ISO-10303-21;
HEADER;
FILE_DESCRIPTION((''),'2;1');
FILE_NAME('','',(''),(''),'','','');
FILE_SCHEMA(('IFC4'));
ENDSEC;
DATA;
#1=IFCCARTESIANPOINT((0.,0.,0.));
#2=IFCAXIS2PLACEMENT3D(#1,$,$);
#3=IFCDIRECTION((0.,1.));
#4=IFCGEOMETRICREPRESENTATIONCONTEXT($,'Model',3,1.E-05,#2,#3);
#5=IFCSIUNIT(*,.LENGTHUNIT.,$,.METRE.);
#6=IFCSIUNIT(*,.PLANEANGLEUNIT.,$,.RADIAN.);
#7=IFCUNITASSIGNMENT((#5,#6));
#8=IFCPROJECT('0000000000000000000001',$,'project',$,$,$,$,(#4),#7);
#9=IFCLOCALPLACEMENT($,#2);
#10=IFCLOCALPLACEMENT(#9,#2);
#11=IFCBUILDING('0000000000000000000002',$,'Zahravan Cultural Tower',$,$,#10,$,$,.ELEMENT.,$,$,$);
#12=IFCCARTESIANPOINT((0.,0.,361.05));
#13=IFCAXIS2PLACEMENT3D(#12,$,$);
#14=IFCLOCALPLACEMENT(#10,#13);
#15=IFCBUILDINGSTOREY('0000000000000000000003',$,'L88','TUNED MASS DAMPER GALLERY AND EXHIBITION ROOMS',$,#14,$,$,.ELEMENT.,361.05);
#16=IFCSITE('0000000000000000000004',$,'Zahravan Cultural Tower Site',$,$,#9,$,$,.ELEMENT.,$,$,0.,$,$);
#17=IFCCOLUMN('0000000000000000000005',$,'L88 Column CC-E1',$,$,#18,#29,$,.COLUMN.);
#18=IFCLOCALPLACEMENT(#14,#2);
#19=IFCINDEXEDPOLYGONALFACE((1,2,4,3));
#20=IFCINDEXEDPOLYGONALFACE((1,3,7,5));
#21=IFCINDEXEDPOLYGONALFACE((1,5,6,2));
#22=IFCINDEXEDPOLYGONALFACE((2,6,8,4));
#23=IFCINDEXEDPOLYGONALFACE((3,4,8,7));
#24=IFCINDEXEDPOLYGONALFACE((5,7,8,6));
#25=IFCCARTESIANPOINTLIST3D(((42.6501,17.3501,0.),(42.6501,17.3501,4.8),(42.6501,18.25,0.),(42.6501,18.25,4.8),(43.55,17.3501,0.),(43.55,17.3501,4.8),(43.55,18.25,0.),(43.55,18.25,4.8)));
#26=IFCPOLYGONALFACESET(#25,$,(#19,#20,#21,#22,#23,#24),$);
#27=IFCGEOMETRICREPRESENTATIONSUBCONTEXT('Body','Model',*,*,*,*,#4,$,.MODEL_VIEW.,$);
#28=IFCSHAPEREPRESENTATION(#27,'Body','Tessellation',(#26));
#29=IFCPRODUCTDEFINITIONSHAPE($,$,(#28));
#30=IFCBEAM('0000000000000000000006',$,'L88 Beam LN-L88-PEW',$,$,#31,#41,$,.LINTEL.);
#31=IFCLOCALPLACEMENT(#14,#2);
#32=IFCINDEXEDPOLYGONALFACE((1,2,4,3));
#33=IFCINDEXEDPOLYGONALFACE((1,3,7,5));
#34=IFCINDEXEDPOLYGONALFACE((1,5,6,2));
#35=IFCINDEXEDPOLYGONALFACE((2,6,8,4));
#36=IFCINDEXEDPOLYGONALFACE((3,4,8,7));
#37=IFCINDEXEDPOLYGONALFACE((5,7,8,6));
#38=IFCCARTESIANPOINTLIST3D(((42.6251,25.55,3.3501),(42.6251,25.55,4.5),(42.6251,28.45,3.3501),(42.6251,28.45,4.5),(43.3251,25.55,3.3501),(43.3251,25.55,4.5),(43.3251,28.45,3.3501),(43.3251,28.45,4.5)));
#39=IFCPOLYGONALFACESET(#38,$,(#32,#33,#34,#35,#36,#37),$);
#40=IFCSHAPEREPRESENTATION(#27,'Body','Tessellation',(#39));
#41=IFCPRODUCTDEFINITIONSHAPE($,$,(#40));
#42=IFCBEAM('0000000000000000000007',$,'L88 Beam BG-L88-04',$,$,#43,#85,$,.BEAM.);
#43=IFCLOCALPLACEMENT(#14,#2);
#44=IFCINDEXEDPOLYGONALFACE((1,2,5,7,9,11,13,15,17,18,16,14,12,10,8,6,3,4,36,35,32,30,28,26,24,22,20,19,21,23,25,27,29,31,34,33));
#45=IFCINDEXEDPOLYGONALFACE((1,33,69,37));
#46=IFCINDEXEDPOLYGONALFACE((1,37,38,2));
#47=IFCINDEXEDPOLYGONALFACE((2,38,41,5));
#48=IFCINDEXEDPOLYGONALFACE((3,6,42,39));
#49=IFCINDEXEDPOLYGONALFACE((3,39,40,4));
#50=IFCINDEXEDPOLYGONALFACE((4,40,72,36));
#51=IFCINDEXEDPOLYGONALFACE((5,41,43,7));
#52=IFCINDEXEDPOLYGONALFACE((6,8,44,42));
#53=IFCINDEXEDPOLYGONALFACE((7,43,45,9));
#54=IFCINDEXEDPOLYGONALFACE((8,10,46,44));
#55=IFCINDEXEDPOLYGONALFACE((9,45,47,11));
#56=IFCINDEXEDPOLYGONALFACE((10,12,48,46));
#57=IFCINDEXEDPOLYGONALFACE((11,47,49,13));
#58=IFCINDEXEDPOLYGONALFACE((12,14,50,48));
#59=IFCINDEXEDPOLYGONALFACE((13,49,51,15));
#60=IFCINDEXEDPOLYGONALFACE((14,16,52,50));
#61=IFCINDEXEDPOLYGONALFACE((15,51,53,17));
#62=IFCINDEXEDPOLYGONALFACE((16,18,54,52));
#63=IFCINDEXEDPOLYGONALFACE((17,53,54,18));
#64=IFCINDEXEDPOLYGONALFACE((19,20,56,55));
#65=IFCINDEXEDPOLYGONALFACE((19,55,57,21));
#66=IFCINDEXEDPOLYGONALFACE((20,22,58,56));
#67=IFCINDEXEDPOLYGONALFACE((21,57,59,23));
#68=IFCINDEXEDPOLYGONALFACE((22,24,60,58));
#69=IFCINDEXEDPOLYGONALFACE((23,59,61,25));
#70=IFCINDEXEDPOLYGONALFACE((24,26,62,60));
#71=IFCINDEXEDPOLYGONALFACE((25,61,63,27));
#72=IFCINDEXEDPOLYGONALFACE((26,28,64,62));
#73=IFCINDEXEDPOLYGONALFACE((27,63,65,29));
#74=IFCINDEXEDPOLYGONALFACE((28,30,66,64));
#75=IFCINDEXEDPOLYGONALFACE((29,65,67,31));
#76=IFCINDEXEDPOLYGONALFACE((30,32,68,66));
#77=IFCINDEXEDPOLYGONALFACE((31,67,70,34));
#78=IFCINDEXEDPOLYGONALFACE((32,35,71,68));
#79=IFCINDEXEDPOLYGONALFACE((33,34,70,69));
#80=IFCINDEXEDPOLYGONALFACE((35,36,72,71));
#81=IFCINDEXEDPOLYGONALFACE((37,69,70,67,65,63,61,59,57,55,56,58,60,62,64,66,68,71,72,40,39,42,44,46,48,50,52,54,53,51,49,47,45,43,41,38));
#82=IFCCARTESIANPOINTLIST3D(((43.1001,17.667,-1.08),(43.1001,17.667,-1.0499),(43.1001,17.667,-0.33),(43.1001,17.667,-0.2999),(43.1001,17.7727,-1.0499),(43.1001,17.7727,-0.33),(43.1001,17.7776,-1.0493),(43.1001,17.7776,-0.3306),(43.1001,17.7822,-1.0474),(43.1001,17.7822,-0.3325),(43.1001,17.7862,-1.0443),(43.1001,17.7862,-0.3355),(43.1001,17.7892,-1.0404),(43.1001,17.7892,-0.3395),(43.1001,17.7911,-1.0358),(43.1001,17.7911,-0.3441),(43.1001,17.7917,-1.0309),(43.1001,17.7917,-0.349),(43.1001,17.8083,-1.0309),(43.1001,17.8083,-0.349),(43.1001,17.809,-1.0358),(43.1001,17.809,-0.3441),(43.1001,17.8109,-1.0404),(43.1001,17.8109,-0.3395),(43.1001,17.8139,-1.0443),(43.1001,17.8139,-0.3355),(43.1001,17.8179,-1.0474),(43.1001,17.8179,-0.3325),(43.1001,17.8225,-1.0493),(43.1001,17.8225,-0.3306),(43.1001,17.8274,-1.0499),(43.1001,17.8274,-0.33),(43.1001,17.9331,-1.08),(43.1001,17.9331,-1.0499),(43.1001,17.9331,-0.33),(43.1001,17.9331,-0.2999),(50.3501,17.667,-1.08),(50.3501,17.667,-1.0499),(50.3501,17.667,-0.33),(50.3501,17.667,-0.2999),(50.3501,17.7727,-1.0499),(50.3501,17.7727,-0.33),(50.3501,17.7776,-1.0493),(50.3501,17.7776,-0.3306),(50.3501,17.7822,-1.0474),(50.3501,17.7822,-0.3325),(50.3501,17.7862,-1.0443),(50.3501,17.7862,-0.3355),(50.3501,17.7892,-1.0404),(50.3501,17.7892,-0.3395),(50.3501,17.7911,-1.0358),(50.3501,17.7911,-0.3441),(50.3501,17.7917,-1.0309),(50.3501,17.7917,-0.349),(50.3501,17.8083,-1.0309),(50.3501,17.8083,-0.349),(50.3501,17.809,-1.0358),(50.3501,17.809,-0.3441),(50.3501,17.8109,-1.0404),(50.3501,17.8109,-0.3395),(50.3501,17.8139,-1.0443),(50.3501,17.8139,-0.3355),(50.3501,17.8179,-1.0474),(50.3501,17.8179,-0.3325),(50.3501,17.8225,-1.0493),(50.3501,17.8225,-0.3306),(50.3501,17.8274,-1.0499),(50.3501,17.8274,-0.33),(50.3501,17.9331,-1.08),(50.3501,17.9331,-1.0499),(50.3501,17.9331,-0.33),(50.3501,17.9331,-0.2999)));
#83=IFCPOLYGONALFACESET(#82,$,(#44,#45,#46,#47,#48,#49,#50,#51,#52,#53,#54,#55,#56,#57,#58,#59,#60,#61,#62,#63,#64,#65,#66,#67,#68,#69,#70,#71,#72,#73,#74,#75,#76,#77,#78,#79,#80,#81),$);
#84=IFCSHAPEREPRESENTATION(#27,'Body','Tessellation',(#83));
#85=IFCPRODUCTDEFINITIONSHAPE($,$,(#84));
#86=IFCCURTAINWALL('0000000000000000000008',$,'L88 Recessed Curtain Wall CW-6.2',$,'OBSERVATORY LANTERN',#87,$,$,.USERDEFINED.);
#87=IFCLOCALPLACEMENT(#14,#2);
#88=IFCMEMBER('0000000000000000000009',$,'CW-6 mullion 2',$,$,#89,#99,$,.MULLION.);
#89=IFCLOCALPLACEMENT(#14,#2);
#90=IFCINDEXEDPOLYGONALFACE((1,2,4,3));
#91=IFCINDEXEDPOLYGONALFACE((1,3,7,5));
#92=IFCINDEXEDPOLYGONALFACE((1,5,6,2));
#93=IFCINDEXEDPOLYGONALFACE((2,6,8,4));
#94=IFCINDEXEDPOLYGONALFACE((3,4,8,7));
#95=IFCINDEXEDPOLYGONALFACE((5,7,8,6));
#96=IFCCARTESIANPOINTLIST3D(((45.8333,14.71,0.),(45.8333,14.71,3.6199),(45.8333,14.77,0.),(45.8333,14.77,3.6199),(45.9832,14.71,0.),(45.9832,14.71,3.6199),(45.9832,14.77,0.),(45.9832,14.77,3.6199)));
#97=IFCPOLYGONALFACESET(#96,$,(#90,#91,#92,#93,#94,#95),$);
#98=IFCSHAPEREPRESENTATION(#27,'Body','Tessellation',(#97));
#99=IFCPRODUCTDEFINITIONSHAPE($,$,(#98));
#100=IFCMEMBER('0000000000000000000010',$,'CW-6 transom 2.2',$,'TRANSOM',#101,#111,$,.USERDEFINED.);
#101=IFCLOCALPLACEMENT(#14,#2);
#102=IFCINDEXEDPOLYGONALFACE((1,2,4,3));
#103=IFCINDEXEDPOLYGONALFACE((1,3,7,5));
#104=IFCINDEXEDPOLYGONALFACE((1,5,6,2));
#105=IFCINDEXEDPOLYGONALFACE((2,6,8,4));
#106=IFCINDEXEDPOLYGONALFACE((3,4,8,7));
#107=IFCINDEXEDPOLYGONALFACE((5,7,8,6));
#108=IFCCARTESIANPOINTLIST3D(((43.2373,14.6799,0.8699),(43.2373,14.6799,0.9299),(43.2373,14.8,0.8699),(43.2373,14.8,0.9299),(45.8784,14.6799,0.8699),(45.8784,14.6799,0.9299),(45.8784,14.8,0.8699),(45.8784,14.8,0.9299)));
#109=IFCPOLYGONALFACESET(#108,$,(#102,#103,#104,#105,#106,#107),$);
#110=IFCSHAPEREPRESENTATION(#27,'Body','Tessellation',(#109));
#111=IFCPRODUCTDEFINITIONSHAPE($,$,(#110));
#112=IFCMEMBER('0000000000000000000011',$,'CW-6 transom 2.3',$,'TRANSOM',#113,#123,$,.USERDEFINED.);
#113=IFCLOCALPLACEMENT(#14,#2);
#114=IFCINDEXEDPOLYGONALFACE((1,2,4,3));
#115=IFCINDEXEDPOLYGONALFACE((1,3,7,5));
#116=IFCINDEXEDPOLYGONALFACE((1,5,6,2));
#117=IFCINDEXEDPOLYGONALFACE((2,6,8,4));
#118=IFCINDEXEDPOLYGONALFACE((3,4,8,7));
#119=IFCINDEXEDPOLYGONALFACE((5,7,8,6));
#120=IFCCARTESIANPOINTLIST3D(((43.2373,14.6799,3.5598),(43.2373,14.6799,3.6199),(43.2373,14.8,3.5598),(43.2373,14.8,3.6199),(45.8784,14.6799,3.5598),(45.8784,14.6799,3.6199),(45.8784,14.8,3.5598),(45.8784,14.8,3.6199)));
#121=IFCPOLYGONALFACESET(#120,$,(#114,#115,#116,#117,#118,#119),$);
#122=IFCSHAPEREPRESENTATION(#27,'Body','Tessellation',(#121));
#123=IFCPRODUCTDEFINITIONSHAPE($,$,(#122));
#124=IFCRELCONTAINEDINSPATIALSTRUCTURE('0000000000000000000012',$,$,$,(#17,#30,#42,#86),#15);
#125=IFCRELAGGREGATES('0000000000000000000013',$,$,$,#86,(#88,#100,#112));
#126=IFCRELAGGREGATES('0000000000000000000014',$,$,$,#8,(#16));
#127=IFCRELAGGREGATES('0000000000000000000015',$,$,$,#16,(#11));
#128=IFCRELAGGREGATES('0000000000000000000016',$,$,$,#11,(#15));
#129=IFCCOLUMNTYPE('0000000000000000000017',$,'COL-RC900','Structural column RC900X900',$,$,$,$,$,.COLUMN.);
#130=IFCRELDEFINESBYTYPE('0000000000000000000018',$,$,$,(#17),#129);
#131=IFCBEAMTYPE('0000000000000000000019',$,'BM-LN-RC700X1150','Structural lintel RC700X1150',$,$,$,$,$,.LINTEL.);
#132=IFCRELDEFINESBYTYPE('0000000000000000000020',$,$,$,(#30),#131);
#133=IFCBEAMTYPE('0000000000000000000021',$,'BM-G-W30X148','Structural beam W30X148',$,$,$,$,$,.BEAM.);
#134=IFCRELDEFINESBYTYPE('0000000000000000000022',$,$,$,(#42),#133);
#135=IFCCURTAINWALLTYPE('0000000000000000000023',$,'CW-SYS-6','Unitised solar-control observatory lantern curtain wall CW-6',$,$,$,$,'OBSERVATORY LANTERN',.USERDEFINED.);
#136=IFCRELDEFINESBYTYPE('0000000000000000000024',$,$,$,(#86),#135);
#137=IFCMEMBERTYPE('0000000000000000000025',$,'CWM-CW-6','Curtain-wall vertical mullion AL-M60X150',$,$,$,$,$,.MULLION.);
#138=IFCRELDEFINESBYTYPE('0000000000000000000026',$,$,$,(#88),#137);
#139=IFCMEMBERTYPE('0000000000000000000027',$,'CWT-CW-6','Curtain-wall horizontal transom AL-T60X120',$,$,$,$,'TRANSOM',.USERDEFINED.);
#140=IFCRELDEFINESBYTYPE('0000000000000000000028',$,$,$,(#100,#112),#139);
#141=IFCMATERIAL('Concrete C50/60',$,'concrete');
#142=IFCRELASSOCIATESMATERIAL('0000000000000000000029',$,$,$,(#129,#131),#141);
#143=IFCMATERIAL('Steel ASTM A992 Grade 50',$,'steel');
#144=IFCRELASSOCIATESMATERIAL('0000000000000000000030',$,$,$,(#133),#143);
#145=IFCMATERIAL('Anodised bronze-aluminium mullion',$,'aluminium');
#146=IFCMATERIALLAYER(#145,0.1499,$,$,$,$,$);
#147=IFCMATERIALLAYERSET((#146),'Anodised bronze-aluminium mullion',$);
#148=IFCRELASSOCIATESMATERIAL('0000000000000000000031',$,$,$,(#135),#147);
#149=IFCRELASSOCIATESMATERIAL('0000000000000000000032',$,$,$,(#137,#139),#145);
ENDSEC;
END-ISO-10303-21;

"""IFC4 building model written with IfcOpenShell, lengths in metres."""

from ifc_helpers import new_model, si_unit, direction, frame, origin, origin_2d, place, context, subcontext, project, spatial, rectangle, i_section, extrude, source, transform, mapped, material, layer, layer_set, material_profile, profile_set, type_object, element, aggregate, save


model = new_model("IFC4")

# Units and contexts
model_context = context("Model", 3, precision=1e-05, world=origin(), true_north=direction((0.0, 1.0)))
body_context = subcontext(model_context, "Body", "Model", "MODEL_VIEW")
ifc_project = project(units=[si_unit("LENGTHUNIT", "METRE"), si_unit("PLANEANGLEUNIT", "RADIAN")], contexts=[model_context])

# Site, building, storey
site_placement = place(None, origin())
site = spatial("IfcSite", under=ifc_project, at=site_placement, Name="Zahravan Cultural Tower Site", CompositionType="ELEMENT", RefElevation=0.0)
building_placement = place(site_placement, origin())
building = spatial("IfcBuilding", under=site, at=building_placement, Name="Zahravan Cultural Tower", CompositionType="ELEMENT")
storey_placement = place(building_placement, frame((0.0, 0.0, 361.05)))
storey = spatial("IfcBuildingStorey", under=building, at=storey_placement, Name="L88", Description="TUNED MASS DAMPER GALLERY AND EXHIBITION ROOMS", CompositionType="ELEMENT", Elevation=361.05)

# Column
ifc_material_1 = material(Name="Concrete C50/60", Category="concrete")
ifc_material_profile_1 = material_profile(ifc_material_1, rectangle(XDim=0.8999, YDim=0.8999, at=origin_2d()), Name="RC900X900")
ifc_profile_set_1 = profile_set([ifc_material_profile_1], Name="Concrete C50/60")
column_type = type_object("IfcColumnType", Name="COL-RC900", Description="Structural column RC900X900", PredefinedType="COLUMN", material=ifc_profile_set_1)
shared_shape_1 = source(origin(), body_context, "Body", "SweptSolid", [
    extrude(rectangle(XDim=0.8999, YDim=0.8999, at=origin_2d()), origin(), (0.0, 0.0, 1.0), 4.8),
])
column_placement = place(storey_placement, frame((43.1001, 17.8, 0.0), z_axis=(0.0, 0.0, 1.0), x_axis=(1.0, 0.0, 0.0)))
element("IfcColumn", 1, at=column_placement, inside=storey, type_object=column_type, Name="L88 Column CC-E1", PredefinedType="COLUMN", context=body_context, shape_type="MappedRepresentation", body=[
    mapped(shared_shape_1, transform((0.0, 0.0, 0.0), x_axis=(1.0, 0.0, 0.0), y_axis=(0.0, 1.0, 0.0), z_axis=(0.0, 0.0, 1.0), scale=1.0)),
])

# Beams
ifc_material_profile_2 = material_profile(ifc_material_1, rectangle(XDim=0.7, YDim=1.1499, at=origin_2d()), Name="RC700X1150")
ifc_profile_set_2 = profile_set([ifc_material_profile_2], Name="Concrete C50/60")
beam_type_1 = type_object("IfcBeamType", Name="BM-LN-RC700X1150", Description="Structural lintel RC700X1150", PredefinedType="LINTEL", material=ifc_profile_set_2)
shared_shape_2 = source(origin(), body_context, "Body", "SweptSolid", [
    extrude(rectangle(XDim=0.7, YDim=1.1499, at=origin_2d()), origin(), (0.0, 0.0, 1.0), 2.8999),
])
beam_1_placement = place(storey_placement, frame((42.9751, 25.55, 3.925), z_axis=(0.0, 1.0, 0.0), x_axis=(-1.0, 0.0, 0.0)))
element("IfcBeam", 2, at=beam_1_placement, inside=storey, type_object=beam_type_1, Name="L88 Beam LN-L88-PEW", PredefinedType="LINTEL", context=body_context, shape_type="MappedRepresentation", body=[
    mapped(shared_shape_2, transform((0.0, 0.0, 0.0), x_axis=(1.0, 0.0, 0.0), y_axis=(0.0, 1.0, 0.0), z_axis=(0.0, 0.0, 1.0), scale=1.0)),
])
ifc_material_2 = material(Name="Steel ASTM A992 Grade 50", Category="steel")
ifc_material_profile_3 = material_profile(ifc_material_2, i_section(OverallWidth=0.2661, OverallDepth=0.78, WebThickness=0.0166, FlangeThickness=0.03, FilletRadius=0.019, at=origin_2d()), Name="W30X148")
ifc_profile_set_3 = profile_set([ifc_material_profile_3], Name="Steel ASTM A992 Grade 50")
beam_type_2 = type_object("IfcBeamType", Name="BM-G-W30X148", Description="Structural beam W30X148", PredefinedType="BEAM", material=ifc_profile_set_3)
shared_shape_3 = source(origin(), body_context, "Body", "SweptSolid", [
    extrude(i_section(OverallWidth=0.2661, OverallDepth=0.78, WebThickness=0.0166, FlangeThickness=0.03, FilletRadius=0.019, at=origin_2d()), origin(), (0.0, 0.0, 1.0), 7.25),
])
beam_2_placement = place(storey_placement, frame((43.1001, 17.8, -0.6899), z_axis=(1.0, 0.0, 0.0), x_axis=(0.0, 1.0, 0.0)))
element("IfcBeam", 3, at=beam_2_placement, inside=storey, type_object=beam_type_2, Name="L88 Beam BG-L88-04", PredefinedType="BEAM", context=body_context, shape_type="MappedRepresentation", body=[
    mapped(shared_shape_3, transform((0.0, 0.0, 0.0), x_axis=(1.0, 0.0, 0.0), y_axis=(0.0, 1.0, 0.0), z_axis=(0.0, 0.0, 1.0), scale=1.0)),
])

# Curtain wall, members
ifc_material_3 = material(Name="Anodised bronze-aluminium mullion", Category="aluminium")
ifc_layer_1 = layer(ifc_material_3, 0.1499)
ifc_layer_set_1 = layer_set([ifc_layer_1], Name="Anodised bronze-aluminium mullion")
curtain_wall_type = type_object("IfcCurtainWallType", Name="CW-SYS-6", Description="Unitised solar-control observatory lantern curtain wall CW-6", ElementType="OBSERVATORY LANTERN", PredefinedType="USERDEFINED", material=ifc_layer_set_1)
curtain_wall_placement = place(storey_placement, origin())
curtain_wall = element("IfcCurtainWall", 4, at=curtain_wall_placement, inside=storey, type_object=curtain_wall_type, Name="L88 Recessed Curtain Wall CW-6.2", ObjectType="OBSERVATORY LANTERN", PredefinedType="USERDEFINED")
ifc_material_profile_4 = material_profile(ifc_material_3, rectangle(XDim=0.0601, YDim=0.1499, at=origin_2d()), Name="AL-M60X150")
ifc_profile_set_4 = profile_set([ifc_material_profile_4], Name="Anodised bronze-aluminium mullion")
member_type_1 = type_object("IfcMemberType", Name="CWM-CW-6", Description="Curtain-wall vertical mullion AL-M60X150", PredefinedType="MULLION", material=ifc_profile_set_4)
shared_shape_4 = source(origin(), body_context, "Body", "SweptSolid", [
    extrude(rectangle(XDim=0.0601, YDim=0.1499, at=origin_2d()), origin(), (0.0, 0.0, 1.0), 3.6199),
])
member_1_placement = place(storey_placement, frame((45.9082, 14.74, 0.0), z_axis=(0.0, 0.0, 1.0), x_axis=(0.0, -1.0, 0.0)))
member_1 = element("IfcMember", 5, at=member_1_placement, type_object=member_type_1, Name="CW-6 mullion 2", PredefinedType="MULLION", context=body_context, shape_type="MappedRepresentation", body=[
    mapped(shared_shape_4, transform((0.0, 0.0, 0.0), x_axis=(1.0, 0.0, 0.0), y_axis=(0.0, 1.0, 0.0), z_axis=(0.0, 0.0, 1.0), scale=1.0)),
])
ifc_material_profile_5 = material_profile(ifc_material_3, rectangle(XDim=0.1201, YDim=0.0601, at=origin_2d()), Name="AL-T60X120")
ifc_profile_set_5 = profile_set([ifc_material_profile_5], Name="Anodised bronze-aluminium mullion")
member_type_2 = type_object("IfcMemberType", Name="CWT-CW-6", Description="Curtain-wall horizontal transom AL-T60X120", ElementType="TRANSOM", PredefinedType="USERDEFINED", material=ifc_profile_set_5)
shared_shape_5 = source(origin(), body_context, "Body", "SweptSolid", [
    extrude(rectangle(XDim=0.1201, YDim=0.0601, at=origin_2d()), origin(), (0.0, 0.0, 1.0), 2.6411),
])
member_2_placement = place(storey_placement, frame((45.8784, 14.74, 0.8999), z_axis=(-1.0, 0.0, 0.0), x_axis=(0.0, -1.0, 0.0)))
member_2 = element("IfcMember", 6, at=member_2_placement, type_object=member_type_2, Name="CW-6 transom 2.2", ObjectType="TRANSOM", PredefinedType="USERDEFINED", context=body_context, shape_type="MappedRepresentation", body=[
    mapped(shared_shape_5, transform((0.0, 0.0, 0.0), x_axis=(1.0, 0.0, 0.0), y_axis=(0.0, 1.0, 0.0), z_axis=(0.0, 0.0, 1.0), scale=1.0)),
])
member_3_placement = place(storey_placement, frame((45.8784, 14.74, 3.5898), z_axis=(-1.0, 0.0, 0.0), x_axis=(0.0, -1.0, 0.0)))
member_3 = element("IfcMember", 7, at=member_3_placement, type_object=member_type_2, Name="CW-6 transom 2.3", ObjectType="TRANSOM", PredefinedType="USERDEFINED", context=body_context, shape_type="MappedRepresentation", body=[
    mapped(shared_shape_5, transform((0.0, 0.0, 0.0), x_axis=(1.0, 0.0, 0.0), y_axis=(0.0, 1.0, 0.0), z_axis=(0.0, 0.0, 1.0), scale=1.0)),
])
aggregate(curtain_wall, [member_1, member_2, member_3])

save(model, "model.ifc")
